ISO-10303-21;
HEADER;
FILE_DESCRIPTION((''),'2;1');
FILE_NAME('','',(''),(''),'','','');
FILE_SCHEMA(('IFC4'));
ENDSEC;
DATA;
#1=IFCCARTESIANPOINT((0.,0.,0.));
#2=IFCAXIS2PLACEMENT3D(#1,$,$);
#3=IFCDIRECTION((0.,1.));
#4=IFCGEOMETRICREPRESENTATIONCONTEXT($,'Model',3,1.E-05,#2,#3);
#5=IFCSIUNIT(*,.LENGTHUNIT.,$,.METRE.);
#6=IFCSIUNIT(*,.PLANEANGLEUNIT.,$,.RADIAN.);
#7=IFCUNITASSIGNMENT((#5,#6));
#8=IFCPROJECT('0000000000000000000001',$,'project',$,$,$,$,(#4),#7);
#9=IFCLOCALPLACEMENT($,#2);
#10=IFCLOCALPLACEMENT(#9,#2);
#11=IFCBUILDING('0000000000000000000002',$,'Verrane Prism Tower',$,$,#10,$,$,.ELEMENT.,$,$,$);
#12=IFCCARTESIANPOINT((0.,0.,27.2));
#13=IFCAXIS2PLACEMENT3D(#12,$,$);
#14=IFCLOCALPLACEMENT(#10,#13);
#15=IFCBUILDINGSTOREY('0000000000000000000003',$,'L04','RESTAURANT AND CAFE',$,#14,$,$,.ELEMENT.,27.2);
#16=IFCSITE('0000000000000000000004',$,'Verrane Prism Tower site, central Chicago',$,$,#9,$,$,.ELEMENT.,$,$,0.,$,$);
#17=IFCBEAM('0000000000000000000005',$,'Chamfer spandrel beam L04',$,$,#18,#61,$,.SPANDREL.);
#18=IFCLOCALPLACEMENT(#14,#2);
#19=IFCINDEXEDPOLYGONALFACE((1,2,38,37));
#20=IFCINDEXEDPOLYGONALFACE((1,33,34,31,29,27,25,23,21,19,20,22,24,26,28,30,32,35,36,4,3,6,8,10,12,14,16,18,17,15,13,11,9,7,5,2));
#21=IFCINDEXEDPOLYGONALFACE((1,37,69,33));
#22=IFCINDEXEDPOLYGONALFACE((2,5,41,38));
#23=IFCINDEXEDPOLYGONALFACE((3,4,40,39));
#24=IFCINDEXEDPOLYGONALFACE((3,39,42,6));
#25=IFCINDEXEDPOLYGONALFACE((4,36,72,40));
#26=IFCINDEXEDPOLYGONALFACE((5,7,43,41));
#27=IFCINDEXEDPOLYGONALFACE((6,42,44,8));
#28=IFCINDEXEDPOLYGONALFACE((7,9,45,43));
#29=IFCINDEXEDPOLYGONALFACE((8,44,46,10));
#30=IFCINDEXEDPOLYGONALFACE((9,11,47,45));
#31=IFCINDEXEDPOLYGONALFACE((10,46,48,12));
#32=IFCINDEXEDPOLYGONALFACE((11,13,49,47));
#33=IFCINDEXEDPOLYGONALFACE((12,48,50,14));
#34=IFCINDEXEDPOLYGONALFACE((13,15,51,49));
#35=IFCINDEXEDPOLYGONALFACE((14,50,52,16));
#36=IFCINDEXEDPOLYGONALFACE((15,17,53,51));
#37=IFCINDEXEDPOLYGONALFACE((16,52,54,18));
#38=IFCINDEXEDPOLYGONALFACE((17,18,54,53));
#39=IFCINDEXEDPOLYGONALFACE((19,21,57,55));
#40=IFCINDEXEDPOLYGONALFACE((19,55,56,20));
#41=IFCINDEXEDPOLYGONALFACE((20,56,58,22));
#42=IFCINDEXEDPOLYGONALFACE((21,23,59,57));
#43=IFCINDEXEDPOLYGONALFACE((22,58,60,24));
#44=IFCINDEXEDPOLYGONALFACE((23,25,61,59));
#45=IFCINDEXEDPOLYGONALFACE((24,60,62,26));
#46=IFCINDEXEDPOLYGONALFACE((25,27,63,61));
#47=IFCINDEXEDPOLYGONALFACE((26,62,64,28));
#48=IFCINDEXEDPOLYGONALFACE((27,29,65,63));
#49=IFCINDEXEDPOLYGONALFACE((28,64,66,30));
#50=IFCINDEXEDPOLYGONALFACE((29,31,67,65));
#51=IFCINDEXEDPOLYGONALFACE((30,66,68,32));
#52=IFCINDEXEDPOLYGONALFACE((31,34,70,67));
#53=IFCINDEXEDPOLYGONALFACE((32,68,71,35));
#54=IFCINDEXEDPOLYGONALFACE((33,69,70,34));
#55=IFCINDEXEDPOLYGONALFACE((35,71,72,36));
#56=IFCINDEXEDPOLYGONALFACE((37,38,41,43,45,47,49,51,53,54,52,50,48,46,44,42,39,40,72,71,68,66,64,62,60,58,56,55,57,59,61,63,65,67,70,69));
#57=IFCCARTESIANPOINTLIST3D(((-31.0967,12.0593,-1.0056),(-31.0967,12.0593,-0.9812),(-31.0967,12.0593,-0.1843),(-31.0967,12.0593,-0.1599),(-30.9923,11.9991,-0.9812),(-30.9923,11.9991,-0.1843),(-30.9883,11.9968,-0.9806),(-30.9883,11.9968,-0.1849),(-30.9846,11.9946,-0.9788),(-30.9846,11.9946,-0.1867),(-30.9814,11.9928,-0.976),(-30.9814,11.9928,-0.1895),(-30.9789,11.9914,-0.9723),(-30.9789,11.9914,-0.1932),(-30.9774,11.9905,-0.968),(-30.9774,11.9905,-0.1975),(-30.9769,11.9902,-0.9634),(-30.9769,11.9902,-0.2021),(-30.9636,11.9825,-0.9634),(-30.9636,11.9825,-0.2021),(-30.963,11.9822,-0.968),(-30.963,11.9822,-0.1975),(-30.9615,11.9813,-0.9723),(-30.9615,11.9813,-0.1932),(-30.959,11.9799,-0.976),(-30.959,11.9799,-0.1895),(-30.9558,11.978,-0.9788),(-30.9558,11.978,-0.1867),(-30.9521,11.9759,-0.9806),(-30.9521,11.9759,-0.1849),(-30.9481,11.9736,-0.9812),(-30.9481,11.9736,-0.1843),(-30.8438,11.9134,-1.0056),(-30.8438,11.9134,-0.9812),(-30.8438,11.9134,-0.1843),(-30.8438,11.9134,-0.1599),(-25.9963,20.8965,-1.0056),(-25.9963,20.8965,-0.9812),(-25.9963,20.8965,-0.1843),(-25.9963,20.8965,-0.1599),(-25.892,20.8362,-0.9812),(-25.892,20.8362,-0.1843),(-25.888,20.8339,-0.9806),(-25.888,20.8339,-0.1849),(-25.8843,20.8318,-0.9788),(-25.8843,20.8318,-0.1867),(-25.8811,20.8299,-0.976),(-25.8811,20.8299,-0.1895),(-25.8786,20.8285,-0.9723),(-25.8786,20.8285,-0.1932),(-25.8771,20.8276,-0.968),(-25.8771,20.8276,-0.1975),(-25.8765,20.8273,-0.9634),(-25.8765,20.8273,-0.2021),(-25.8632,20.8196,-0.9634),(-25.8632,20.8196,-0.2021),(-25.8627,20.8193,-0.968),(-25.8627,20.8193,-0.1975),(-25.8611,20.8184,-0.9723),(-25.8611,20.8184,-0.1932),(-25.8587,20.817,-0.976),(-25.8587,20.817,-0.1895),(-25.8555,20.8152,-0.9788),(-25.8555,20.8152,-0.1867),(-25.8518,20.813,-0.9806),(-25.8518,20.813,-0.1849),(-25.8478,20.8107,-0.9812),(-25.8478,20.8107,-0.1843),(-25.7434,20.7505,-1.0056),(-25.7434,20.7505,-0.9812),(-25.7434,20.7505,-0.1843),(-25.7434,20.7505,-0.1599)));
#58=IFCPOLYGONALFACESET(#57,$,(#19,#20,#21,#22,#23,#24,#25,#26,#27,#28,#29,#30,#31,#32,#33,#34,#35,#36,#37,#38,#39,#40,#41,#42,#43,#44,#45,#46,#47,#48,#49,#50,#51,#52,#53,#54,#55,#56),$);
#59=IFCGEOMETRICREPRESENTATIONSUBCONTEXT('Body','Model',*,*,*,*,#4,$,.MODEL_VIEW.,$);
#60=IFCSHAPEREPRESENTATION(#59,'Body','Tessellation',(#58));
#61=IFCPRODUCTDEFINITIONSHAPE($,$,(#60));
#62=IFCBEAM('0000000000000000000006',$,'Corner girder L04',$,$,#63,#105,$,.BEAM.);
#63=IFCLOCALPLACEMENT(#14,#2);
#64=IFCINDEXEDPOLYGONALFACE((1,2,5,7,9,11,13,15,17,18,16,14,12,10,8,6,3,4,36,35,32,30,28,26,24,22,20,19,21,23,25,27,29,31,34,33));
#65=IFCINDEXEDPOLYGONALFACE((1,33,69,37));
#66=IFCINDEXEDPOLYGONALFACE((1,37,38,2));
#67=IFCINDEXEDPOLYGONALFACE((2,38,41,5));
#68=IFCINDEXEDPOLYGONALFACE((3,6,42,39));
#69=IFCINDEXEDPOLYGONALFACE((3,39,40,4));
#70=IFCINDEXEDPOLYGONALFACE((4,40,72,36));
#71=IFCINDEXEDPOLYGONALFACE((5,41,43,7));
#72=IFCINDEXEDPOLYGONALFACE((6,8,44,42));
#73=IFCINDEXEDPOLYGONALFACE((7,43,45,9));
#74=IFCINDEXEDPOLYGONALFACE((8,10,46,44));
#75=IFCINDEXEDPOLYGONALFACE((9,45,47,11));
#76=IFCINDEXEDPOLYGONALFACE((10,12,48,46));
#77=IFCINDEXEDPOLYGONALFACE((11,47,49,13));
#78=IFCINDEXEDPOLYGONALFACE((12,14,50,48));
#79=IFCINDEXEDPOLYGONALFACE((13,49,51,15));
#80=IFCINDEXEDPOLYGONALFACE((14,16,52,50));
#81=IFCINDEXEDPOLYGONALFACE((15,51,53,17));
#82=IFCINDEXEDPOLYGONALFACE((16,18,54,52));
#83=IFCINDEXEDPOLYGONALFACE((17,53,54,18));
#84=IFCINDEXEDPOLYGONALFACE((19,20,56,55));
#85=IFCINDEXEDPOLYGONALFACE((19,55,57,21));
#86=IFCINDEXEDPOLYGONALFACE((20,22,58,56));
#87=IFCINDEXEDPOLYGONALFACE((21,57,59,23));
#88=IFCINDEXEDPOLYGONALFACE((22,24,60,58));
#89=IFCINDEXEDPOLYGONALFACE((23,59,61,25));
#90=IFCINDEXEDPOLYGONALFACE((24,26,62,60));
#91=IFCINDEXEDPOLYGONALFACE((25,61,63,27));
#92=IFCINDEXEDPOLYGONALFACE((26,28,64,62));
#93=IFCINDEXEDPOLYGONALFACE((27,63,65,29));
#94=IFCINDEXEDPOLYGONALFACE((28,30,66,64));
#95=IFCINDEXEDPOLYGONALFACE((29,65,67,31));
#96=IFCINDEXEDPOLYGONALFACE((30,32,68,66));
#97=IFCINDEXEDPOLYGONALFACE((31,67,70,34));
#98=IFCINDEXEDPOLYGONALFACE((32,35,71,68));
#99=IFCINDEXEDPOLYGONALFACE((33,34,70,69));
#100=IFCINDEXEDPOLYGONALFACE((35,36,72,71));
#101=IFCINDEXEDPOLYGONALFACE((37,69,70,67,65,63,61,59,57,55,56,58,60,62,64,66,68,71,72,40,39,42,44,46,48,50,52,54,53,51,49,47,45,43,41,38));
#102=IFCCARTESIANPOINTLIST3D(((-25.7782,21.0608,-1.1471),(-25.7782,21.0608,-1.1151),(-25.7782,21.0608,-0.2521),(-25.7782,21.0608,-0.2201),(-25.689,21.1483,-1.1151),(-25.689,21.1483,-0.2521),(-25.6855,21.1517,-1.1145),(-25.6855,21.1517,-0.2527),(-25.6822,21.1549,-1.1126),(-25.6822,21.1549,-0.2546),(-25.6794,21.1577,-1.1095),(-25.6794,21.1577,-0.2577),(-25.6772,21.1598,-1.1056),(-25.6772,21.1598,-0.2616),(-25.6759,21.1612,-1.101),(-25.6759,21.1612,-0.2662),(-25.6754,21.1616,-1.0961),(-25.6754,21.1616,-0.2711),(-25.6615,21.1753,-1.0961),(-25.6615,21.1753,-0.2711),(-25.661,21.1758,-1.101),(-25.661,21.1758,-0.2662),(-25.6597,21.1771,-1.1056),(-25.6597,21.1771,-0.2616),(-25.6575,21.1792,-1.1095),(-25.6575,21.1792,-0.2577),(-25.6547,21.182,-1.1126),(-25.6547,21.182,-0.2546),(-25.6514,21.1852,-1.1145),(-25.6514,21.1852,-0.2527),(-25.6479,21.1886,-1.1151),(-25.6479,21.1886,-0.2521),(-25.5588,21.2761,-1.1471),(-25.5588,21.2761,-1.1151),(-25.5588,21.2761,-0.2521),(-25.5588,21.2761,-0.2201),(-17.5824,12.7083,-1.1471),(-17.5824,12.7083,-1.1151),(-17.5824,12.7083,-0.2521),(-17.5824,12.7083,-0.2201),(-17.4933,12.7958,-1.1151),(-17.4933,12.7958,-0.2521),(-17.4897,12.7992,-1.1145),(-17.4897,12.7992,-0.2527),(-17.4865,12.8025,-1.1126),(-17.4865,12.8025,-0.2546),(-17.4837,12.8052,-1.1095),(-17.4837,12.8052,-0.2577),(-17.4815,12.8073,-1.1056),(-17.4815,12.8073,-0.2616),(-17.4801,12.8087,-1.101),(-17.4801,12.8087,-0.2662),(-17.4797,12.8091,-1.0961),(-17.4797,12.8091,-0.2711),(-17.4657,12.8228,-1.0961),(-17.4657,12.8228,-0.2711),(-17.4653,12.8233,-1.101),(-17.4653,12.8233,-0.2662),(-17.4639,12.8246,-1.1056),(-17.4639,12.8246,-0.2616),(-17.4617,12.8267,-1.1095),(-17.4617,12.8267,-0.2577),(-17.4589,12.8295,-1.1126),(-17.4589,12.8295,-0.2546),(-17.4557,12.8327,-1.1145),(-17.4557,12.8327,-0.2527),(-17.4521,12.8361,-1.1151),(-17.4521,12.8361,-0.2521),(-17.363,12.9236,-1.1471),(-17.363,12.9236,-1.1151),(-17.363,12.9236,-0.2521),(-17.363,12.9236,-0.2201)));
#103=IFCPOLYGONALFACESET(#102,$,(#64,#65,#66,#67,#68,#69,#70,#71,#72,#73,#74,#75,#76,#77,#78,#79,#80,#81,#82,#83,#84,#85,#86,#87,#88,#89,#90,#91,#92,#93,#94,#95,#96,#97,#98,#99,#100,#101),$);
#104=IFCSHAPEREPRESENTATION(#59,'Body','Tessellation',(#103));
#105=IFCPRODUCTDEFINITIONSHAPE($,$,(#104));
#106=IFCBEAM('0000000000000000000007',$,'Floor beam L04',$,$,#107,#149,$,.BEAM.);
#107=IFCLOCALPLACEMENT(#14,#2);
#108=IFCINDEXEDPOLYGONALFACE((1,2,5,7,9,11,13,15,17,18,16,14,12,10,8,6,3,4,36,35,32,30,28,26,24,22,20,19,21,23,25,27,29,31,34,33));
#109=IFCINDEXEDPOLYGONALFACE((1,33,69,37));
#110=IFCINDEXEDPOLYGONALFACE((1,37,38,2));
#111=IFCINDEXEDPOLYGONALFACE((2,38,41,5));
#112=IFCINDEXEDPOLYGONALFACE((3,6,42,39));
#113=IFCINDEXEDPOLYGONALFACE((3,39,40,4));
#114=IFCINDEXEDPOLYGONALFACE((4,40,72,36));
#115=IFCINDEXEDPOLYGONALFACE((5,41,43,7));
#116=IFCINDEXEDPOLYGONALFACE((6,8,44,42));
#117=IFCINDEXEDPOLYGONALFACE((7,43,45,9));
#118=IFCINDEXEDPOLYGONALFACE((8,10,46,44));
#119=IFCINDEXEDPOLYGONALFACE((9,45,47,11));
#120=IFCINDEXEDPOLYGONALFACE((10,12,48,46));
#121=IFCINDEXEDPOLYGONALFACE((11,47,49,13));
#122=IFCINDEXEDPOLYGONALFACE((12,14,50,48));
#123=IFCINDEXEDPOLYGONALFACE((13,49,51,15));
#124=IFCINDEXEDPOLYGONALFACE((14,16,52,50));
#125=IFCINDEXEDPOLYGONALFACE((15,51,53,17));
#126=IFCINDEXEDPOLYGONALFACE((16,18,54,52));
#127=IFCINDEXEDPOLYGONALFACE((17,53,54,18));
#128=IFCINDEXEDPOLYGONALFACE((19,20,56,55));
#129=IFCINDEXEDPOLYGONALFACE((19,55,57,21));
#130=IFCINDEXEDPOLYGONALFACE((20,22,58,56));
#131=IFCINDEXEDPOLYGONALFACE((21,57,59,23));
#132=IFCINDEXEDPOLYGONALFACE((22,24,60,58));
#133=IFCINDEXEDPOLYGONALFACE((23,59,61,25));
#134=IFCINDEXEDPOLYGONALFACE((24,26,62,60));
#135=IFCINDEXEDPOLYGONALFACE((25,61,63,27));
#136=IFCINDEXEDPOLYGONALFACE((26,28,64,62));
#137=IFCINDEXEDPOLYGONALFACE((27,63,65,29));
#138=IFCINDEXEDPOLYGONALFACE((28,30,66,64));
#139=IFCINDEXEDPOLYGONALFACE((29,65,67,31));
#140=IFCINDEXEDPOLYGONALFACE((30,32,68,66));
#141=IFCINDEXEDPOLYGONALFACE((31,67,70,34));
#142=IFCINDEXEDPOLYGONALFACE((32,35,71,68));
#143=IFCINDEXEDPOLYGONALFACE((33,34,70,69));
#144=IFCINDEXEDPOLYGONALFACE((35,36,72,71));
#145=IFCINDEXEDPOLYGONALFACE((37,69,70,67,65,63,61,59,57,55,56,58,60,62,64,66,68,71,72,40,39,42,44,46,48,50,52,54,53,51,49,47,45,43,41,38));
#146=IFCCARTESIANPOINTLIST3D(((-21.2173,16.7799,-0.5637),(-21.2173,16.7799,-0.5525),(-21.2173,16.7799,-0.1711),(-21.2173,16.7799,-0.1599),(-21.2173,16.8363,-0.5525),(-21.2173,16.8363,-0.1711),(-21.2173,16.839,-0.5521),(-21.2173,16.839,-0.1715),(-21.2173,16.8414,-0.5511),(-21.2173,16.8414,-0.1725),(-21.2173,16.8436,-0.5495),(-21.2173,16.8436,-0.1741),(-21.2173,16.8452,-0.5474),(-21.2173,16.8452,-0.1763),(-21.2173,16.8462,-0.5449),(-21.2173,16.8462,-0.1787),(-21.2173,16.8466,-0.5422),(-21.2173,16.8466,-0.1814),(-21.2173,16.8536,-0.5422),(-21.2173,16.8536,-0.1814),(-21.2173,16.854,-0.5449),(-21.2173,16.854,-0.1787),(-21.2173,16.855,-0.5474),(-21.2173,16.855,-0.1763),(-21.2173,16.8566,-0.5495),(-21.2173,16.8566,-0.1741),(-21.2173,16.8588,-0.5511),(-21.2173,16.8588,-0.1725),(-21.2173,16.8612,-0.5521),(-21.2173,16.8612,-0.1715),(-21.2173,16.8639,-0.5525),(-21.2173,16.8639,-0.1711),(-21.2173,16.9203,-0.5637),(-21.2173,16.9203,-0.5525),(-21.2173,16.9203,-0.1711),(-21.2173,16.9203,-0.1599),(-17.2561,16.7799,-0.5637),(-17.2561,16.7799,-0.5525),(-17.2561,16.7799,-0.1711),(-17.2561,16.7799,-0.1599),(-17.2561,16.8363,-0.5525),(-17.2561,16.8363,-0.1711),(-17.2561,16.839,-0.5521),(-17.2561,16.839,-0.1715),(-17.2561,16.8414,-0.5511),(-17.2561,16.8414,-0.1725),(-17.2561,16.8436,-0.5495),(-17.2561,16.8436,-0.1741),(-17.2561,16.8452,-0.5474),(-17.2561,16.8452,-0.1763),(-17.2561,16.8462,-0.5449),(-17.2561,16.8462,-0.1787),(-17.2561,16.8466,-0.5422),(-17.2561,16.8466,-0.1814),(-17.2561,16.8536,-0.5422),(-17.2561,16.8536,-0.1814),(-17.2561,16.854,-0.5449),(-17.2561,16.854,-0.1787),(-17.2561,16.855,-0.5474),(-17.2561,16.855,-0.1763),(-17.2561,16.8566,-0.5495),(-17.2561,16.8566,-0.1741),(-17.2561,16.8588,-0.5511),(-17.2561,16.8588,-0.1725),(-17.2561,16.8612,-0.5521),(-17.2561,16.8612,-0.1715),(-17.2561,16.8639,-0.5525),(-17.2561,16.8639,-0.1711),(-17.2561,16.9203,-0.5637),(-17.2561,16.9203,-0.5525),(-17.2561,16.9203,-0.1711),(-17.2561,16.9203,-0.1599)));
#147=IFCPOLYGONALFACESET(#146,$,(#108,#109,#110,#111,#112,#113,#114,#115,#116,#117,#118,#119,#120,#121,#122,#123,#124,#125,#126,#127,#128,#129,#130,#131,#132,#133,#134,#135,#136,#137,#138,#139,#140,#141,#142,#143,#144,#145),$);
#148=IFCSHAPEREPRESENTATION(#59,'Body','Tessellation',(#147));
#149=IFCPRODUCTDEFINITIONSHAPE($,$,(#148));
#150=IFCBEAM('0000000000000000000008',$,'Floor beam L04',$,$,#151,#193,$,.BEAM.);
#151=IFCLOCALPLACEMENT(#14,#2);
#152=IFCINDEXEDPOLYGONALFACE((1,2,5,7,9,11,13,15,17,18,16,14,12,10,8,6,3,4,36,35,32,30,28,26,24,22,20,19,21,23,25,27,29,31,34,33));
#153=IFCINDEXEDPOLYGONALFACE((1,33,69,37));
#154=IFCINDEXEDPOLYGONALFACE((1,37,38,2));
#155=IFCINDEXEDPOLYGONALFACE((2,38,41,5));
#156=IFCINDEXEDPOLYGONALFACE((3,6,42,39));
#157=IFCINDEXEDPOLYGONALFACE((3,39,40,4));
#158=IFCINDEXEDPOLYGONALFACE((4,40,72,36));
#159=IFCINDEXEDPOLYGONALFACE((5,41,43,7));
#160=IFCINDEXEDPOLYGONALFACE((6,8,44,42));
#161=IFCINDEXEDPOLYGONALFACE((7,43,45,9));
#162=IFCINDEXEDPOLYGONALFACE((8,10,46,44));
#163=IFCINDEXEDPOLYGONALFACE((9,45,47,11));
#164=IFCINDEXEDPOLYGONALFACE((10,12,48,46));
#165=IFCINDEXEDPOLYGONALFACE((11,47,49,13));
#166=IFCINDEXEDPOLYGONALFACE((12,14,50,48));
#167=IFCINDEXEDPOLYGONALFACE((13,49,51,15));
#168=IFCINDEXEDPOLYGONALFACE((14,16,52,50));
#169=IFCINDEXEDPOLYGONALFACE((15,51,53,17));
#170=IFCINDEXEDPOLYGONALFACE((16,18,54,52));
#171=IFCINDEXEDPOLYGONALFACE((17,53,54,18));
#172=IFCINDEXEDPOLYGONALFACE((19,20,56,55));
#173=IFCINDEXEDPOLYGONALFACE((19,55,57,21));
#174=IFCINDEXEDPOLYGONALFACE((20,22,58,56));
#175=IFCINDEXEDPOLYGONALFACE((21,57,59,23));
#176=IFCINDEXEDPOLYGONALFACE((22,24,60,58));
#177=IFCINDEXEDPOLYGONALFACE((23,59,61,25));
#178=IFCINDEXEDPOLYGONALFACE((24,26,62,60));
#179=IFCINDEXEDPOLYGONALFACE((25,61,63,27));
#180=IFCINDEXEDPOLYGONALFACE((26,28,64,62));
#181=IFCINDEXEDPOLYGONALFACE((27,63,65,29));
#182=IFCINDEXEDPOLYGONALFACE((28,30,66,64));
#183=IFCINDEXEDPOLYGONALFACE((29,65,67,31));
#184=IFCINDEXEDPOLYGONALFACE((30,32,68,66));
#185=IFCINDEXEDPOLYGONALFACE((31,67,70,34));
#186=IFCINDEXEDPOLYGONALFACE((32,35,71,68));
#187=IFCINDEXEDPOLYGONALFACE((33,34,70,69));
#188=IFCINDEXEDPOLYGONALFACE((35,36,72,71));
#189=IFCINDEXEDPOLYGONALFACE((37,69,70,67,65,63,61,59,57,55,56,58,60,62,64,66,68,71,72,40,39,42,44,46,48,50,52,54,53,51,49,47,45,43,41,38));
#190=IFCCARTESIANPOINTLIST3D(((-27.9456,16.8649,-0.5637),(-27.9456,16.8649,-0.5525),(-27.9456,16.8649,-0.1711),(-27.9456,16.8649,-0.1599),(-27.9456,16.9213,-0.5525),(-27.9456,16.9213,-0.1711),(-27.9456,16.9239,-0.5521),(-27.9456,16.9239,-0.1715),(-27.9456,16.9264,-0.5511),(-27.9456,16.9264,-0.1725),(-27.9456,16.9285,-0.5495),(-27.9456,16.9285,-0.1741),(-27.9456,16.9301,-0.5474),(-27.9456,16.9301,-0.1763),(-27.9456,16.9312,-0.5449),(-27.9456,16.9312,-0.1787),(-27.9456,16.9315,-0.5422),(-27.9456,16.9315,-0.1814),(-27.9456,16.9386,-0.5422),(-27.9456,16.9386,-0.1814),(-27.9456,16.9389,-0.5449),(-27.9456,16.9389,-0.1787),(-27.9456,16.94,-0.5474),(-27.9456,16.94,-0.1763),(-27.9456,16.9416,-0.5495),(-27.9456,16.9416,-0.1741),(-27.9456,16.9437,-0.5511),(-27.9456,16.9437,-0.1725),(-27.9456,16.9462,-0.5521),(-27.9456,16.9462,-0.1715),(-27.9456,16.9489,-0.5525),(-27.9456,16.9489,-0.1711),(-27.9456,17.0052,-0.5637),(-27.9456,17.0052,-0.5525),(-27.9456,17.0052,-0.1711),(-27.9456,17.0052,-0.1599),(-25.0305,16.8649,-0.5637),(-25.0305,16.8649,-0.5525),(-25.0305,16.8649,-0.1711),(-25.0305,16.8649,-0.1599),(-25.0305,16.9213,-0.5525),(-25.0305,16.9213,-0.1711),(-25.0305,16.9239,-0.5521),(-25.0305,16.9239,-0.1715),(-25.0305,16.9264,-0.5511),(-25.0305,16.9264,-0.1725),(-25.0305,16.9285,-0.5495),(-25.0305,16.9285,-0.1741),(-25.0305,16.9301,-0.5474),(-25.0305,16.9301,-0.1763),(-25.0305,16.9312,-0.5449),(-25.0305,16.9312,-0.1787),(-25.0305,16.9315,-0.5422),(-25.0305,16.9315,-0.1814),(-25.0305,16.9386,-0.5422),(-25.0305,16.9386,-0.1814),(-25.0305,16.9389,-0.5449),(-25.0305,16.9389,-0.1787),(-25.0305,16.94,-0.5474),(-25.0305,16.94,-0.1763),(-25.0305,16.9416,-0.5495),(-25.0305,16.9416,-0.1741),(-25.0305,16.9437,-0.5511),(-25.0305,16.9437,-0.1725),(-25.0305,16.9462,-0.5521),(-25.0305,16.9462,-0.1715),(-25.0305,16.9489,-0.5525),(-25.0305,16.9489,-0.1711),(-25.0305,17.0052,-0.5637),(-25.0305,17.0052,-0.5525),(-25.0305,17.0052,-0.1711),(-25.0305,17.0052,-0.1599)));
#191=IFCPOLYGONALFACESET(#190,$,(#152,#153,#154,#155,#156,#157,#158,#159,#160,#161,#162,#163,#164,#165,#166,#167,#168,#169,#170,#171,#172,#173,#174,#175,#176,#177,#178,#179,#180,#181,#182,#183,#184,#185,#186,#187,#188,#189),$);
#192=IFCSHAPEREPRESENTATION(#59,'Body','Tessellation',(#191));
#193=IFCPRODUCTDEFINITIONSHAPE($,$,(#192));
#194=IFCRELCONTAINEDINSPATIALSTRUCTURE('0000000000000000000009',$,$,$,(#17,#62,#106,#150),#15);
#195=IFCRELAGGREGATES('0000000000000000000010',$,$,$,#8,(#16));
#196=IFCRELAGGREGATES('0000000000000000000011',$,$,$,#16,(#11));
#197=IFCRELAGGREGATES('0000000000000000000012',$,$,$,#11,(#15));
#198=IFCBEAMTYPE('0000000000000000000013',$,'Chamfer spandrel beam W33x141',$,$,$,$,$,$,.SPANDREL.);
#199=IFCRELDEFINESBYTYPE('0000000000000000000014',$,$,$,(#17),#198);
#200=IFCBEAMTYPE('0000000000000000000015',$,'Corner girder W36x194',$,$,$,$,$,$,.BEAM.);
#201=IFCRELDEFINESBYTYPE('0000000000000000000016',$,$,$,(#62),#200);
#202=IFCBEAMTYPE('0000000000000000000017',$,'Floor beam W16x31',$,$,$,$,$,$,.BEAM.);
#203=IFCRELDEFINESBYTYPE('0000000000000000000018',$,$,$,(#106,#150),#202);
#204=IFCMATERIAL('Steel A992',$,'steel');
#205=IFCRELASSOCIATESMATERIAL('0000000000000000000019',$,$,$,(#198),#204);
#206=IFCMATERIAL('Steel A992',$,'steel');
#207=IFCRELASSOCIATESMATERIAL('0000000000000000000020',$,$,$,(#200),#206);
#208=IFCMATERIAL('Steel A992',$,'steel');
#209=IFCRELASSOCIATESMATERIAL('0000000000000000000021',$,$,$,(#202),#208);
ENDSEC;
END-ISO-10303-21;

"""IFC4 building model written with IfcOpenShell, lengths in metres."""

from ifc_helpers import new_model, si_unit, direction, frame, origin, origin_2d, place, context, subcontext, project, spatial, i_section, extrude, material, material_profile, profile_set, type_object, element, save


model = new_model("IFC4")

# Units and contexts
model_context = context("Model", 3, precision=1e-05, world=origin(), true_north=direction((0.0, 1.0)))
body_context = subcontext(model_context, "Body", "Model", "MODEL_VIEW")
ifc_project = project(units=[si_unit("LENGTHUNIT", "METRE"), si_unit("PLANEANGLEUNIT", "RADIAN")], contexts=[model_context])

# Site, building, storey
site_placement = place(None, origin())
site = spatial("IfcSite", under=ifc_project, at=site_placement, Name="Verrane Prism Tower site, central Chicago", CompositionType="ELEMENT", RefElevation=0.0)
building_placement = place(site_placement, origin())
building = spatial("IfcBuilding", under=site, at=building_placement, Name="Verrane Prism Tower", CompositionType="ELEMENT")
storey_placement = place(building_placement, frame((0.0, 0.0, 27.2)))
storey = spatial("IfcBuildingStorey", under=building, at=storey_placement, Name="L04", Description="RESTAURANT AND CAFE", CompositionType="ELEMENT", Elevation=27.2)

# Beams
ifc_material_1 = material(Name="Steel A992", Category="steel")
ifc_material_profile_1 = material_profile(ifc_material_1, i_section(OverallWidth=0.292, OverallDepth=0.8457, WebThickness=0.0154, FlangeThickness=0.0244, FilletRadius=0.0178, at=origin_2d()), Name="W33x141")
ifc_profile_set_1 = profile_set([ifc_material_profile_1], Name="Steel A992")
beam_type_1 = type_object("IfcBeamType", Name="Chamfer spandrel beam W33x141", PredefinedType="SPANDREL", material=ifc_profile_set_1)
beam_1_placement = place(storey_placement, frame((-25.8699, 20.8235, -0.5828), z_axis=(-0.499868, -0.866102, 0.0), x_axis=(0.866102, -0.499868, 0.0)))
element("IfcBeam", 1, at=beam_1_placement, inside=storey, type_object=beam_type_1, Name="Chamfer spandrel beam L04", PredefinedType="SPANDREL", context=body_context, shape_type="SweptSolid", body=[
    extrude(i_section(OverallWidth=0.292, OverallDepth=0.8457, WebThickness=0.0154, FlangeThickness=0.0244, FilletRadius=0.0178, at=origin_2d()), origin(), (0.0, 0.0, 1.0), 10.2034),
])
ifc_material_2 = material(Name="Steel A992", Category="steel")
ifc_material_profile_2 = material_profile(ifc_material_2, i_section(OverallWidth=0.3074, OverallDepth=0.927, WebThickness=0.0195, FlangeThickness=0.032, FilletRadius=0.019, at=origin_2d()), Name="W36x194")
ifc_profile_set_2 = profile_set([ifc_material_profile_2], Name="Steel A992")
beam_type_2 = type_object("IfcBeamType", Name="Corner girder W36x194", PredefinedType="BEAM", material=ifc_profile_set_2)
beam_2_placement = place(storey_placement, frame((-25.6685, 21.1685, -0.6836), z_axis=(0.700378, -0.713772, 0.0), x_axis=(0.713772, 0.700378, 0.0)))
element("IfcBeam", 2, at=beam_2_placement, inside=storey, type_object=beam_type_2, Name="Corner girder L04", PredefinedType="BEAM", context=body_context, shape_type="SweptSolid", body=[
    extrude(i_section(OverallWidth=0.3074, OverallDepth=0.927, WebThickness=0.0195, FlangeThickness=0.032, FilletRadius=0.019, at=origin_2d()), origin(), (0.0, 0.0, 1.0), 11.7019),
])
ifc_material_3 = material(Name="Steel A992", Category="steel")
ifc_material_profile_3 = material_profile(ifc_material_3, i_section(OverallWidth=0.1404, OverallDepth=0.4038, WebThickness=0.0071, FlangeThickness=0.0112, FilletRadius=0.0103, at=origin_2d()), Name="W16x31")
ifc_profile_set_3 = profile_set([ifc_material_profile_3], Name="Steel A992")
beam_type_3 = type_object("IfcBeamType", Name="Floor beam W16x31", PredefinedType="BEAM", material=ifc_profile_set_3)
beam_3_placement = place(storey_placement, frame((-21.2173, 16.8501, -0.3618), z_axis=(1.0, 0.0, 0.0), x_axis=(0.0, 1.0, 0.0)))
element("IfcBeam", 3, at=beam_3_placement, inside=storey, type_object=beam_type_3, Name="Floor beam L04", PredefinedType="BEAM", context=body_context, shape_type="SweptSolid", body=[
    extrude(i_section(OverallWidth=0.1404, OverallDepth=0.4038, WebThickness=0.0071, FlangeThickness=0.0112, FilletRadius=0.0103, at=origin_2d()), origin(), (0.0, 0.0, 1.0), 3.9612),
])
beam_4_placement = place(storey_placement, frame((-27.9456, 16.9351, -0.3618), z_axis=(1.0, 0.0, 0.0), x_axis=(0.0, 1.0, 0.0)))
element("IfcBeam", 4, at=beam_4_placement, inside=storey, type_object=beam_type_3, Name="Floor beam L04", PredefinedType="BEAM", context=body_context, shape_type="SweptSolid", body=[
    extrude(i_section(OverallWidth=0.1404, OverallDepth=0.4038, WebThickness=0.0071, FlangeThickness=0.0112, FilletRadius=0.0103, at=origin_2d()), origin(), (0.0, 0.0, 1.0), 2.915),
])

save(model, "model.ifc")
